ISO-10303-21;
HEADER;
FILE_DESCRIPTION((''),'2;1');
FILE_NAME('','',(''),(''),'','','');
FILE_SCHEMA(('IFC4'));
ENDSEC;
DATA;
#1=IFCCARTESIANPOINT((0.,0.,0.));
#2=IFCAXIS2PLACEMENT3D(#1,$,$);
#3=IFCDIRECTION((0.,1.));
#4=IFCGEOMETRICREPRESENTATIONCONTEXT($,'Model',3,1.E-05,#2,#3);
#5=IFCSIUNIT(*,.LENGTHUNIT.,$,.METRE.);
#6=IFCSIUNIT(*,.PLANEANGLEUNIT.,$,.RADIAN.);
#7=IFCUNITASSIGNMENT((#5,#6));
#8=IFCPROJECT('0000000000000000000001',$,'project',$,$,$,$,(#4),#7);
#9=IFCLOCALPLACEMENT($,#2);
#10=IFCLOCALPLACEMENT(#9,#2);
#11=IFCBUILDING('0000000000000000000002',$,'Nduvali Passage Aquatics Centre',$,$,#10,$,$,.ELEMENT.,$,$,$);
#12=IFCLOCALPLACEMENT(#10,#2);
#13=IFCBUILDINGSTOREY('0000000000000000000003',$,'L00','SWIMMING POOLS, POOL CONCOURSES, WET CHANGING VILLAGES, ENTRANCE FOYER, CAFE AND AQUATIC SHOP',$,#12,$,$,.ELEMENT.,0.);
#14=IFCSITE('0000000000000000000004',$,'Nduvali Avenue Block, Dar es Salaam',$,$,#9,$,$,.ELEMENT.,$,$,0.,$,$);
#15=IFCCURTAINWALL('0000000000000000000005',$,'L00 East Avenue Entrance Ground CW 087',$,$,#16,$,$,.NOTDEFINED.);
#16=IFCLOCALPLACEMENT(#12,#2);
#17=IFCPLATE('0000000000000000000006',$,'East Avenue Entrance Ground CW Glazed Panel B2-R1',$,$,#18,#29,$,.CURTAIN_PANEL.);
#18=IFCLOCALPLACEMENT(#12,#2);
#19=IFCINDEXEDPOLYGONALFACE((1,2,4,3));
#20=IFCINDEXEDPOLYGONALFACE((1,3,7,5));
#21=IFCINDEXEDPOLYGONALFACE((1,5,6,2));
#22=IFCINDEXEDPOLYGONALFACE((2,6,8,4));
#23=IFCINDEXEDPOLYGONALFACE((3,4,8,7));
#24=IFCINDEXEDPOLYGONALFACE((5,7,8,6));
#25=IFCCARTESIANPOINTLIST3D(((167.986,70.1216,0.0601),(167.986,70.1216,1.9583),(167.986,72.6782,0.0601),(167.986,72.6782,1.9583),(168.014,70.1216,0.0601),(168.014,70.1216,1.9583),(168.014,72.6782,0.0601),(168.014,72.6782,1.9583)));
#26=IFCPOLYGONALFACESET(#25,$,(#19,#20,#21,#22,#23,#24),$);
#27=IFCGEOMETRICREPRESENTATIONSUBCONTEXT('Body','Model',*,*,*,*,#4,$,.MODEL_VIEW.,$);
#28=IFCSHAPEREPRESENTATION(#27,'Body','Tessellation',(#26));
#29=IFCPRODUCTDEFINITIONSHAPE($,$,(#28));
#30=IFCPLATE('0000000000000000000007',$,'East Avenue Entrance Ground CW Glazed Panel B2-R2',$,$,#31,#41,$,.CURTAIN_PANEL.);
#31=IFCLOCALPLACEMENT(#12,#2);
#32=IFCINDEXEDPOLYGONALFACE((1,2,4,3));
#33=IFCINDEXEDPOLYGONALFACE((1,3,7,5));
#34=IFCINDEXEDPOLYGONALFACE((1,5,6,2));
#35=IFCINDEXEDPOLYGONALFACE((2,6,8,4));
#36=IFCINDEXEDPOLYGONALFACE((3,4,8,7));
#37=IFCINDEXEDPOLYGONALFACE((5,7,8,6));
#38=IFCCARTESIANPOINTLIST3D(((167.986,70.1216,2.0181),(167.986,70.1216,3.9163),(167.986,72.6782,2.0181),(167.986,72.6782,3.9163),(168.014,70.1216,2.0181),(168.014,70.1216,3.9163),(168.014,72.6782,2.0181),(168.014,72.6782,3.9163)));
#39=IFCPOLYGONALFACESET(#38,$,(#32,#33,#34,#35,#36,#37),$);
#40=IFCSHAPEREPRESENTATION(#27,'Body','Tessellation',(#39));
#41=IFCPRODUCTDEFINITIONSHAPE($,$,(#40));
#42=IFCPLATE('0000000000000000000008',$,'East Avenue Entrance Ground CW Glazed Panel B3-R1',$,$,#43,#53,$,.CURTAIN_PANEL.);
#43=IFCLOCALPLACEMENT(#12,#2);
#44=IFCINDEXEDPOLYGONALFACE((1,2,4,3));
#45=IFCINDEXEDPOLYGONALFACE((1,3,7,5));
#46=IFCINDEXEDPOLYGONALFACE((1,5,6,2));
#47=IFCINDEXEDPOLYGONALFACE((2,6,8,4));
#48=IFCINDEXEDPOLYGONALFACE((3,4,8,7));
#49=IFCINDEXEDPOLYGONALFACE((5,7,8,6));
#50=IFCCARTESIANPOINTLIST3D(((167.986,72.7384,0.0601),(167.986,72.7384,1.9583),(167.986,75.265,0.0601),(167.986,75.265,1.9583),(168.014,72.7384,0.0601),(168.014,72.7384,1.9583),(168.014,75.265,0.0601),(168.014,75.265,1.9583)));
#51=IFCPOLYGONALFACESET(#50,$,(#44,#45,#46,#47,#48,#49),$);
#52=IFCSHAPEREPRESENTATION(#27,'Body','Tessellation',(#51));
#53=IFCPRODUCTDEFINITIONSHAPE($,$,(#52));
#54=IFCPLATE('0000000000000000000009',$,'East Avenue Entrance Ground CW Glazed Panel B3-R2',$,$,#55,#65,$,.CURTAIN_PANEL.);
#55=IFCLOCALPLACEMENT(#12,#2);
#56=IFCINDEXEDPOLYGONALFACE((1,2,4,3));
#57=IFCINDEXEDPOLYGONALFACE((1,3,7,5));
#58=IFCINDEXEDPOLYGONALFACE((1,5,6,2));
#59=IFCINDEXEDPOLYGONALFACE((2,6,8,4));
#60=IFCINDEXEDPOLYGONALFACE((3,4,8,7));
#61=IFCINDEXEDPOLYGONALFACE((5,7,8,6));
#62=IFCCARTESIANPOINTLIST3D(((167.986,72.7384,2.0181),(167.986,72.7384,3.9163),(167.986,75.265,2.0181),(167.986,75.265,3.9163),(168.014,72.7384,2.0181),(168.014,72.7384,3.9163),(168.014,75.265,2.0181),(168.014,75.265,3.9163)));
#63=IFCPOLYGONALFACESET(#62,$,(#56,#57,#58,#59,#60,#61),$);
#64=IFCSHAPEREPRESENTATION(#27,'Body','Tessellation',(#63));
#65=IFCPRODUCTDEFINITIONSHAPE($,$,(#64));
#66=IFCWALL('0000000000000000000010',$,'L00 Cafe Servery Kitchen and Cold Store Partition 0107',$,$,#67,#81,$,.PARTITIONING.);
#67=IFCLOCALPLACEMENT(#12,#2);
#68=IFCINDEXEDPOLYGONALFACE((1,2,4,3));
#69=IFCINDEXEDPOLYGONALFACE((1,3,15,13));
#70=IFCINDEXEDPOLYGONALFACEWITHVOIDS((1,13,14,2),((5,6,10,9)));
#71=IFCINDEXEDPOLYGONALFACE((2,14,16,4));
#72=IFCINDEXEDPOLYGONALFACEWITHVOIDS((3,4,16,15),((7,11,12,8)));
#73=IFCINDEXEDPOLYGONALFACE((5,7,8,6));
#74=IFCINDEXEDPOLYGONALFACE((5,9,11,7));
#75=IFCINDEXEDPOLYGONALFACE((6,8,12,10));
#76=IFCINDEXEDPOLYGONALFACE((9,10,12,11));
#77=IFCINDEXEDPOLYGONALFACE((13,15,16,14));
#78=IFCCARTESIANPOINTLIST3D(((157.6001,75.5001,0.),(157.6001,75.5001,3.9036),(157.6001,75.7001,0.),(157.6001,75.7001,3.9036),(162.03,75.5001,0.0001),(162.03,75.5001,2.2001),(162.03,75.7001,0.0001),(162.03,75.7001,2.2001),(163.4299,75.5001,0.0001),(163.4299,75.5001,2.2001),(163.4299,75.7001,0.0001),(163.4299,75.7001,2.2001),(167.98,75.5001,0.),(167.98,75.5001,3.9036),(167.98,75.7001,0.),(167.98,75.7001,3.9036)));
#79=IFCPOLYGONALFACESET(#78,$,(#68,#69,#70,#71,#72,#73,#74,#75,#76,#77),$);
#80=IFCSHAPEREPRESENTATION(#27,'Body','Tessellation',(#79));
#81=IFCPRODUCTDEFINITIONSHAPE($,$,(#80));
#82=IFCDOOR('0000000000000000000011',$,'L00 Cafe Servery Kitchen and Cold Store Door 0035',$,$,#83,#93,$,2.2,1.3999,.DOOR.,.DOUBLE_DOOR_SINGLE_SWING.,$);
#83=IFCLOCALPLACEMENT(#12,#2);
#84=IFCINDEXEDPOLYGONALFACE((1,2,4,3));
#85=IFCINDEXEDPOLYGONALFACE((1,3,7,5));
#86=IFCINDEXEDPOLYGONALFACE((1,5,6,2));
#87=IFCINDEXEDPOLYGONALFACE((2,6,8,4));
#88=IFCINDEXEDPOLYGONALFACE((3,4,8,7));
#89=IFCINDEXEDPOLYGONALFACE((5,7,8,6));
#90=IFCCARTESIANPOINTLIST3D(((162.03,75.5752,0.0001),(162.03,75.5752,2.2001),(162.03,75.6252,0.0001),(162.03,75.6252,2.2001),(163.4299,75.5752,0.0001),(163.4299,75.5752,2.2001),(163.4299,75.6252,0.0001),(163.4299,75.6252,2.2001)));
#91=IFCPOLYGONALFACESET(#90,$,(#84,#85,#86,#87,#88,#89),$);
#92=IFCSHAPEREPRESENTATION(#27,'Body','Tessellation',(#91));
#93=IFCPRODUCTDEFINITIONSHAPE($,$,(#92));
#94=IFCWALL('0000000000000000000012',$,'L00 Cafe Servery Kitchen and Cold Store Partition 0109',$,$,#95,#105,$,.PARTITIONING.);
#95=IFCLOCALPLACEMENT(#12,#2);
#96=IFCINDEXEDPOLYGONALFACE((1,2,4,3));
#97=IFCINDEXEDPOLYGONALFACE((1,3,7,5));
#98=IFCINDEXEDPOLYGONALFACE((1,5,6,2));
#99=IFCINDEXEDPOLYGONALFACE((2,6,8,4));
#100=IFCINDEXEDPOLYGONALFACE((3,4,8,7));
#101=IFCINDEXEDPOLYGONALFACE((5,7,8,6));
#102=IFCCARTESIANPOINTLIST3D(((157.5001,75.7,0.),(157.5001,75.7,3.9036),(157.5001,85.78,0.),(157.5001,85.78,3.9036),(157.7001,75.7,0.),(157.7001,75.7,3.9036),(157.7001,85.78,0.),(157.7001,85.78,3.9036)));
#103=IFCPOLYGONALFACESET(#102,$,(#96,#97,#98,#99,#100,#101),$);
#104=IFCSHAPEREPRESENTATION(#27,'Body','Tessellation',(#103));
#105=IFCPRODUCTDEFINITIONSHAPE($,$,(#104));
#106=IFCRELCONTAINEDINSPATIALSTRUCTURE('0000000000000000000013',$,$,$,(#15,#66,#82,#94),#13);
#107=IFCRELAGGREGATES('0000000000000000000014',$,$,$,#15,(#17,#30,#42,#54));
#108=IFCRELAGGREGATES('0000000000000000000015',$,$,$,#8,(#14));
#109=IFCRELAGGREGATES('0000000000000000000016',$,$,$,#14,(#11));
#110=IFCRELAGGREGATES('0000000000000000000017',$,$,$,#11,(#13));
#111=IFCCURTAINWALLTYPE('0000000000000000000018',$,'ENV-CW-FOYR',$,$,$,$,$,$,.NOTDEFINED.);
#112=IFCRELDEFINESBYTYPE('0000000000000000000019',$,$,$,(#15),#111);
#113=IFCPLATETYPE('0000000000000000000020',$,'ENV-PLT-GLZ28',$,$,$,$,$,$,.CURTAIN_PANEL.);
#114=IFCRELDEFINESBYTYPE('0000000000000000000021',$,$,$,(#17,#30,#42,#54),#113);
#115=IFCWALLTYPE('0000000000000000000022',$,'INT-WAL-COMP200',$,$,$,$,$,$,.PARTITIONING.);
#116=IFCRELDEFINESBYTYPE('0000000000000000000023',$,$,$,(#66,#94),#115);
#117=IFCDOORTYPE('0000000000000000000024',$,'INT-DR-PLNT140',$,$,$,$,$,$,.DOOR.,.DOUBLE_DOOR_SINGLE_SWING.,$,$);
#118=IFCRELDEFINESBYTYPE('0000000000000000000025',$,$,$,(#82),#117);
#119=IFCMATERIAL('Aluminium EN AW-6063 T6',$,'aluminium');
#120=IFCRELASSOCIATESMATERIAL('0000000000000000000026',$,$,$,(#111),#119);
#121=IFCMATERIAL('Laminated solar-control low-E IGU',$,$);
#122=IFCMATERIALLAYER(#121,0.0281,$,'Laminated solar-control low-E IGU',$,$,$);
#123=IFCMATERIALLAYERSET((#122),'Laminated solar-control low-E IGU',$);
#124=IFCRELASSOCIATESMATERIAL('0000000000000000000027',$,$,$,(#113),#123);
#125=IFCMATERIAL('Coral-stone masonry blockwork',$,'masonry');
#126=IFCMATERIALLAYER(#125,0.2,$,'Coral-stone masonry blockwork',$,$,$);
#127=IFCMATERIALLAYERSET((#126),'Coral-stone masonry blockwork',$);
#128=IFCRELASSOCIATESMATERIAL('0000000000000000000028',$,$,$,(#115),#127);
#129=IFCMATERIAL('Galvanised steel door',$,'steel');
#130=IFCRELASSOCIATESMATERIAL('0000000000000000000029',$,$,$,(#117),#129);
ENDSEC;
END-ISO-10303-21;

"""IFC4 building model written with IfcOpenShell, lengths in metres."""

from ifc_helpers import new_model, si_unit, direction, frame, frame_2d, origin, origin_2d, place, context, subcontext, project, spatial, rectangle, extrude, material, layer, layer_set, type_object, element, fill, aggregate, save


model = new_model("IFC4")

# Units and contexts
model_context = context("Model", 3, precision=1e-05, world=origin(), true_north=direction((0.0, 1.0)))
body_context = subcontext(model_context, "Body", "Model", "MODEL_VIEW")
ifc_project = project(units=[si_unit("LENGTHUNIT", "METRE"), si_unit("PLANEANGLEUNIT", "RADIAN")], contexts=[model_context])

# Site, building, storey
site_placement = place(None, origin())
site = spatial("IfcSite", under=ifc_project, at=site_placement, Name="Nduvali Avenue Block, Dar es Salaam", CompositionType="ELEMENT", RefElevation=0.0)
building_placement = place(site_placement, origin())
building = spatial("IfcBuilding", under=site, at=building_placement, Name="Nduvali Passage Aquatics Centre", CompositionType="ELEMENT")
storey_placement = place(building_placement, origin())
storey = spatial("IfcBuildingStorey", under=building, at=storey_placement, Name="L00", Description="SWIMMING POOLS, POOL CONCOURSES, WET CHANGING VILLAGES, ENTRANCE FOYER, CAFE AND AQUATIC SHOP", CompositionType="ELEMENT", Elevation=0.0)

# Curtain wall
ifc_material_1 = material(Name="Aluminium EN AW-6063 T6", Category="aluminium")
curtain_wall_type = type_object("IfcCurtainWallType", Name="ENV-CW-FOYR", PredefinedType="NOTDEFINED", material=ifc_material_1)
curtain_wall_1_placement = place(storey_placement, origin())
curtain_wall_1 = element("IfcCurtainWall", 1, at=curtain_wall_1_placement, inside=storey, type_object=curtain_wall_type, Name="L00 East Avenue Entrance Ground CW 087", PredefinedType="NOTDEFINED")

# Plates
ifc_material_2 = material(Name="Laminated solar-control low-E IGU")
ifc_layer_1 = layer(ifc_material_2, 0.0281, Name="Laminated solar-control low-E IGU")
ifc_layer_set_1 = layer_set([ifc_layer_1], Name="Laminated solar-control low-E IGU")
plate_type = type_object("IfcPlateType", Name="ENV-PLT-GLZ28", PredefinedType="CURTAIN_PANEL", material=ifc_layer_set_1)
plate_1_placement = place(storey_placement, frame((168.0, 71.3999, 0.0601), z_axis=(0.0, 0.0, 1.0), x_axis=(0.0, 1.0, 0.0)))
plate_1 = element("IfcPlate", 2, at=plate_1_placement, type_object=plate_type, Name="East Avenue Entrance Ground CW Glazed Panel B2-R1", PredefinedType="CURTAIN_PANEL", context=body_context, shape_type="SweptSolid", body=[
    extrude(rectangle(XDim=2.5566, YDim=0.0281, at=origin_2d()), origin(), (0.0, 0.0, 1.0), 1.8982),
])
plate_2_placement = place(storey_placement, frame((168.0, 71.3999, 2.0181), z_axis=(0.0, 0.0, 1.0), x_axis=(0.0, 1.0, 0.0)))
plate_2 = element("IfcPlate", 3, at=plate_2_placement, type_object=plate_type, Name="East Avenue Entrance Ground CW Glazed Panel B2-R2", PredefinedType="CURTAIN_PANEL", context=body_context, shape_type="SweptSolid", body=[
    extrude(rectangle(XDim=2.5566, YDim=0.0281, at=origin_2d()), origin(), (0.0, 0.0, 1.0), 1.8982),
])
plate_3_placement = place(storey_placement, frame((168.0, 74.0017, 0.0601), z_axis=(0.0, 0.0, 1.0), x_axis=(0.0, 1.0, 0.0)))
plate_3 = element("IfcPlate", 4, at=plate_3_placement, type_object=plate_type, Name="East Avenue Entrance Ground CW Glazed Panel B3-R1", PredefinedType="CURTAIN_PANEL", context=body_context, shape_type="SweptSolid", body=[
    extrude(rectangle(XDim=2.5266, YDim=0.0281, at=origin_2d()), origin(), (0.0, 0.0, 1.0), 1.8982),
])
plate_4_placement = place(storey_placement, frame((168.0, 74.0017, 2.0181), z_axis=(0.0, 0.0, 1.0), x_axis=(0.0, 1.0, 0.0)))
plate_4 = element("IfcPlate", 5, at=plate_4_placement, type_object=plate_type, Name="East Avenue Entrance Ground CW Glazed Panel B3-R2", PredefinedType="CURTAIN_PANEL", context=body_context, shape_type="SweptSolid", body=[
    extrude(rectangle(XDim=2.5266, YDim=0.0281, at=origin_2d()), origin(), (0.0, 0.0, 1.0), 1.8982),
])
aggregate(curtain_wall_1, [plate_1, plate_2, plate_3, plate_4])

# Wall, opening, door
ifc_material_3 = material(Name="Coral-stone masonry blockwork", Category="masonry")
ifc_layer_2 = layer(ifc_material_3, 0.2, Name="Coral-stone masonry blockwork")
ifc_layer_set_2 = layer_set([ifc_layer_2], Name="Coral-stone masonry blockwork")
wall_type = type_object("IfcWallType", Name="INT-WAL-COMP200", PredefinedType="PARTITIONING", material=ifc_layer_set_2)
wall_1_placement = place(storey_placement, frame((157.6001, 75.6001, 0.0), z_axis=(0.0, 0.0, 1.0), x_axis=(1.0, 0.0, 0.0)))
wall_1 = element("IfcWall", 6, at=wall_1_placement, inside=storey, type_object=wall_type, Name="L00 Cafe Servery Kitchen and Cold Store Partition 0107", PredefinedType="PARTITIONING", context=body_context, shape_type="SweptSolid", body=[
    extrude(rectangle(XDim=10.3799, YDim=0.2, at=frame_2d((5.1899, 0.0))), origin(), (0.0, 0.0, 1.0), 3.9036),
])
opening_placement = place(wall_1_placement, frame((4.4299, 0.0, 0.0)))
opening = element("IfcOpeningElement", 7, at=opening_placement, cuts=wall_1, PredefinedType="OPENING", context=body_context, shape_type="SweptSolid", body=[
    extrude(rectangle(XDim=1.3999, YDim=2.2, at=frame_2d((0.7, 1.1001))), frame((0.0, 0.1147, 0.0), z_axis=(0.0, -1.0, 0.0), x_axis=(1.0, 0.0, 0.0)), (0.0, 0.0, 1.0), 0.2297),
])
ifc_material_4 = material(Name="Galvanised steel door", Category="steel")
door_type = type_object("IfcDoorType", Name="INT-DR-PLNT140", OperationType="DOUBLE_DOOR_SINGLE_SWING", PredefinedType="DOOR", material=ifc_material_4)
door_placement = place(opening_placement, frame((1.3999, 0.0, 0.0), z_axis=(0.0, 0.0, 1.0), x_axis=(-1.0, 0.0, 0.0)))
door = element("IfcDoor", 8, at=door_placement, inside=storey, type_object=door_type, Name="L00 Cafe Servery Kitchen and Cold Store Door 0035", OperationType="DOUBLE_DOOR_SINGLE_SWING", OverallHeight=2.2, OverallWidth=1.3999, PredefinedType="DOOR", context=body_context, shape_type="SweptSolid", body=[
    extrude(rectangle(XDim=1.3999, YDim=2.2, at=frame_2d((0.7, 1.1001))), frame((0.0, 0.0249, 0.0), z_axis=(0.0, -1.0, 0.0), x_axis=(1.0, 0.0, 0.0)), (0.0, 0.0, 1.0), 0.05),
])
fill(opening, door)

# Wall
wall_2_placement = place(storey_placement, frame((157.6001, 75.7, 0.0), z_axis=(0.0, 0.0, 1.0), x_axis=(0.0, 1.0, 0.0)))
element("IfcWall", 9, at=wall_2_placement, inside=storey, type_object=wall_type, Name="L00 Cafe Servery Kitchen and Cold Store Partition 0109", PredefinedType="PARTITIONING", context=body_context, shape_type="SweptSolid", body=[
    extrude(rectangle(XDim=10.0801, YDim=0.2, at=frame_2d((5.04, 0.0))), origin(), (0.0, 0.0, 1.0), 3.9036),
])

save(model, "model.ifc")
